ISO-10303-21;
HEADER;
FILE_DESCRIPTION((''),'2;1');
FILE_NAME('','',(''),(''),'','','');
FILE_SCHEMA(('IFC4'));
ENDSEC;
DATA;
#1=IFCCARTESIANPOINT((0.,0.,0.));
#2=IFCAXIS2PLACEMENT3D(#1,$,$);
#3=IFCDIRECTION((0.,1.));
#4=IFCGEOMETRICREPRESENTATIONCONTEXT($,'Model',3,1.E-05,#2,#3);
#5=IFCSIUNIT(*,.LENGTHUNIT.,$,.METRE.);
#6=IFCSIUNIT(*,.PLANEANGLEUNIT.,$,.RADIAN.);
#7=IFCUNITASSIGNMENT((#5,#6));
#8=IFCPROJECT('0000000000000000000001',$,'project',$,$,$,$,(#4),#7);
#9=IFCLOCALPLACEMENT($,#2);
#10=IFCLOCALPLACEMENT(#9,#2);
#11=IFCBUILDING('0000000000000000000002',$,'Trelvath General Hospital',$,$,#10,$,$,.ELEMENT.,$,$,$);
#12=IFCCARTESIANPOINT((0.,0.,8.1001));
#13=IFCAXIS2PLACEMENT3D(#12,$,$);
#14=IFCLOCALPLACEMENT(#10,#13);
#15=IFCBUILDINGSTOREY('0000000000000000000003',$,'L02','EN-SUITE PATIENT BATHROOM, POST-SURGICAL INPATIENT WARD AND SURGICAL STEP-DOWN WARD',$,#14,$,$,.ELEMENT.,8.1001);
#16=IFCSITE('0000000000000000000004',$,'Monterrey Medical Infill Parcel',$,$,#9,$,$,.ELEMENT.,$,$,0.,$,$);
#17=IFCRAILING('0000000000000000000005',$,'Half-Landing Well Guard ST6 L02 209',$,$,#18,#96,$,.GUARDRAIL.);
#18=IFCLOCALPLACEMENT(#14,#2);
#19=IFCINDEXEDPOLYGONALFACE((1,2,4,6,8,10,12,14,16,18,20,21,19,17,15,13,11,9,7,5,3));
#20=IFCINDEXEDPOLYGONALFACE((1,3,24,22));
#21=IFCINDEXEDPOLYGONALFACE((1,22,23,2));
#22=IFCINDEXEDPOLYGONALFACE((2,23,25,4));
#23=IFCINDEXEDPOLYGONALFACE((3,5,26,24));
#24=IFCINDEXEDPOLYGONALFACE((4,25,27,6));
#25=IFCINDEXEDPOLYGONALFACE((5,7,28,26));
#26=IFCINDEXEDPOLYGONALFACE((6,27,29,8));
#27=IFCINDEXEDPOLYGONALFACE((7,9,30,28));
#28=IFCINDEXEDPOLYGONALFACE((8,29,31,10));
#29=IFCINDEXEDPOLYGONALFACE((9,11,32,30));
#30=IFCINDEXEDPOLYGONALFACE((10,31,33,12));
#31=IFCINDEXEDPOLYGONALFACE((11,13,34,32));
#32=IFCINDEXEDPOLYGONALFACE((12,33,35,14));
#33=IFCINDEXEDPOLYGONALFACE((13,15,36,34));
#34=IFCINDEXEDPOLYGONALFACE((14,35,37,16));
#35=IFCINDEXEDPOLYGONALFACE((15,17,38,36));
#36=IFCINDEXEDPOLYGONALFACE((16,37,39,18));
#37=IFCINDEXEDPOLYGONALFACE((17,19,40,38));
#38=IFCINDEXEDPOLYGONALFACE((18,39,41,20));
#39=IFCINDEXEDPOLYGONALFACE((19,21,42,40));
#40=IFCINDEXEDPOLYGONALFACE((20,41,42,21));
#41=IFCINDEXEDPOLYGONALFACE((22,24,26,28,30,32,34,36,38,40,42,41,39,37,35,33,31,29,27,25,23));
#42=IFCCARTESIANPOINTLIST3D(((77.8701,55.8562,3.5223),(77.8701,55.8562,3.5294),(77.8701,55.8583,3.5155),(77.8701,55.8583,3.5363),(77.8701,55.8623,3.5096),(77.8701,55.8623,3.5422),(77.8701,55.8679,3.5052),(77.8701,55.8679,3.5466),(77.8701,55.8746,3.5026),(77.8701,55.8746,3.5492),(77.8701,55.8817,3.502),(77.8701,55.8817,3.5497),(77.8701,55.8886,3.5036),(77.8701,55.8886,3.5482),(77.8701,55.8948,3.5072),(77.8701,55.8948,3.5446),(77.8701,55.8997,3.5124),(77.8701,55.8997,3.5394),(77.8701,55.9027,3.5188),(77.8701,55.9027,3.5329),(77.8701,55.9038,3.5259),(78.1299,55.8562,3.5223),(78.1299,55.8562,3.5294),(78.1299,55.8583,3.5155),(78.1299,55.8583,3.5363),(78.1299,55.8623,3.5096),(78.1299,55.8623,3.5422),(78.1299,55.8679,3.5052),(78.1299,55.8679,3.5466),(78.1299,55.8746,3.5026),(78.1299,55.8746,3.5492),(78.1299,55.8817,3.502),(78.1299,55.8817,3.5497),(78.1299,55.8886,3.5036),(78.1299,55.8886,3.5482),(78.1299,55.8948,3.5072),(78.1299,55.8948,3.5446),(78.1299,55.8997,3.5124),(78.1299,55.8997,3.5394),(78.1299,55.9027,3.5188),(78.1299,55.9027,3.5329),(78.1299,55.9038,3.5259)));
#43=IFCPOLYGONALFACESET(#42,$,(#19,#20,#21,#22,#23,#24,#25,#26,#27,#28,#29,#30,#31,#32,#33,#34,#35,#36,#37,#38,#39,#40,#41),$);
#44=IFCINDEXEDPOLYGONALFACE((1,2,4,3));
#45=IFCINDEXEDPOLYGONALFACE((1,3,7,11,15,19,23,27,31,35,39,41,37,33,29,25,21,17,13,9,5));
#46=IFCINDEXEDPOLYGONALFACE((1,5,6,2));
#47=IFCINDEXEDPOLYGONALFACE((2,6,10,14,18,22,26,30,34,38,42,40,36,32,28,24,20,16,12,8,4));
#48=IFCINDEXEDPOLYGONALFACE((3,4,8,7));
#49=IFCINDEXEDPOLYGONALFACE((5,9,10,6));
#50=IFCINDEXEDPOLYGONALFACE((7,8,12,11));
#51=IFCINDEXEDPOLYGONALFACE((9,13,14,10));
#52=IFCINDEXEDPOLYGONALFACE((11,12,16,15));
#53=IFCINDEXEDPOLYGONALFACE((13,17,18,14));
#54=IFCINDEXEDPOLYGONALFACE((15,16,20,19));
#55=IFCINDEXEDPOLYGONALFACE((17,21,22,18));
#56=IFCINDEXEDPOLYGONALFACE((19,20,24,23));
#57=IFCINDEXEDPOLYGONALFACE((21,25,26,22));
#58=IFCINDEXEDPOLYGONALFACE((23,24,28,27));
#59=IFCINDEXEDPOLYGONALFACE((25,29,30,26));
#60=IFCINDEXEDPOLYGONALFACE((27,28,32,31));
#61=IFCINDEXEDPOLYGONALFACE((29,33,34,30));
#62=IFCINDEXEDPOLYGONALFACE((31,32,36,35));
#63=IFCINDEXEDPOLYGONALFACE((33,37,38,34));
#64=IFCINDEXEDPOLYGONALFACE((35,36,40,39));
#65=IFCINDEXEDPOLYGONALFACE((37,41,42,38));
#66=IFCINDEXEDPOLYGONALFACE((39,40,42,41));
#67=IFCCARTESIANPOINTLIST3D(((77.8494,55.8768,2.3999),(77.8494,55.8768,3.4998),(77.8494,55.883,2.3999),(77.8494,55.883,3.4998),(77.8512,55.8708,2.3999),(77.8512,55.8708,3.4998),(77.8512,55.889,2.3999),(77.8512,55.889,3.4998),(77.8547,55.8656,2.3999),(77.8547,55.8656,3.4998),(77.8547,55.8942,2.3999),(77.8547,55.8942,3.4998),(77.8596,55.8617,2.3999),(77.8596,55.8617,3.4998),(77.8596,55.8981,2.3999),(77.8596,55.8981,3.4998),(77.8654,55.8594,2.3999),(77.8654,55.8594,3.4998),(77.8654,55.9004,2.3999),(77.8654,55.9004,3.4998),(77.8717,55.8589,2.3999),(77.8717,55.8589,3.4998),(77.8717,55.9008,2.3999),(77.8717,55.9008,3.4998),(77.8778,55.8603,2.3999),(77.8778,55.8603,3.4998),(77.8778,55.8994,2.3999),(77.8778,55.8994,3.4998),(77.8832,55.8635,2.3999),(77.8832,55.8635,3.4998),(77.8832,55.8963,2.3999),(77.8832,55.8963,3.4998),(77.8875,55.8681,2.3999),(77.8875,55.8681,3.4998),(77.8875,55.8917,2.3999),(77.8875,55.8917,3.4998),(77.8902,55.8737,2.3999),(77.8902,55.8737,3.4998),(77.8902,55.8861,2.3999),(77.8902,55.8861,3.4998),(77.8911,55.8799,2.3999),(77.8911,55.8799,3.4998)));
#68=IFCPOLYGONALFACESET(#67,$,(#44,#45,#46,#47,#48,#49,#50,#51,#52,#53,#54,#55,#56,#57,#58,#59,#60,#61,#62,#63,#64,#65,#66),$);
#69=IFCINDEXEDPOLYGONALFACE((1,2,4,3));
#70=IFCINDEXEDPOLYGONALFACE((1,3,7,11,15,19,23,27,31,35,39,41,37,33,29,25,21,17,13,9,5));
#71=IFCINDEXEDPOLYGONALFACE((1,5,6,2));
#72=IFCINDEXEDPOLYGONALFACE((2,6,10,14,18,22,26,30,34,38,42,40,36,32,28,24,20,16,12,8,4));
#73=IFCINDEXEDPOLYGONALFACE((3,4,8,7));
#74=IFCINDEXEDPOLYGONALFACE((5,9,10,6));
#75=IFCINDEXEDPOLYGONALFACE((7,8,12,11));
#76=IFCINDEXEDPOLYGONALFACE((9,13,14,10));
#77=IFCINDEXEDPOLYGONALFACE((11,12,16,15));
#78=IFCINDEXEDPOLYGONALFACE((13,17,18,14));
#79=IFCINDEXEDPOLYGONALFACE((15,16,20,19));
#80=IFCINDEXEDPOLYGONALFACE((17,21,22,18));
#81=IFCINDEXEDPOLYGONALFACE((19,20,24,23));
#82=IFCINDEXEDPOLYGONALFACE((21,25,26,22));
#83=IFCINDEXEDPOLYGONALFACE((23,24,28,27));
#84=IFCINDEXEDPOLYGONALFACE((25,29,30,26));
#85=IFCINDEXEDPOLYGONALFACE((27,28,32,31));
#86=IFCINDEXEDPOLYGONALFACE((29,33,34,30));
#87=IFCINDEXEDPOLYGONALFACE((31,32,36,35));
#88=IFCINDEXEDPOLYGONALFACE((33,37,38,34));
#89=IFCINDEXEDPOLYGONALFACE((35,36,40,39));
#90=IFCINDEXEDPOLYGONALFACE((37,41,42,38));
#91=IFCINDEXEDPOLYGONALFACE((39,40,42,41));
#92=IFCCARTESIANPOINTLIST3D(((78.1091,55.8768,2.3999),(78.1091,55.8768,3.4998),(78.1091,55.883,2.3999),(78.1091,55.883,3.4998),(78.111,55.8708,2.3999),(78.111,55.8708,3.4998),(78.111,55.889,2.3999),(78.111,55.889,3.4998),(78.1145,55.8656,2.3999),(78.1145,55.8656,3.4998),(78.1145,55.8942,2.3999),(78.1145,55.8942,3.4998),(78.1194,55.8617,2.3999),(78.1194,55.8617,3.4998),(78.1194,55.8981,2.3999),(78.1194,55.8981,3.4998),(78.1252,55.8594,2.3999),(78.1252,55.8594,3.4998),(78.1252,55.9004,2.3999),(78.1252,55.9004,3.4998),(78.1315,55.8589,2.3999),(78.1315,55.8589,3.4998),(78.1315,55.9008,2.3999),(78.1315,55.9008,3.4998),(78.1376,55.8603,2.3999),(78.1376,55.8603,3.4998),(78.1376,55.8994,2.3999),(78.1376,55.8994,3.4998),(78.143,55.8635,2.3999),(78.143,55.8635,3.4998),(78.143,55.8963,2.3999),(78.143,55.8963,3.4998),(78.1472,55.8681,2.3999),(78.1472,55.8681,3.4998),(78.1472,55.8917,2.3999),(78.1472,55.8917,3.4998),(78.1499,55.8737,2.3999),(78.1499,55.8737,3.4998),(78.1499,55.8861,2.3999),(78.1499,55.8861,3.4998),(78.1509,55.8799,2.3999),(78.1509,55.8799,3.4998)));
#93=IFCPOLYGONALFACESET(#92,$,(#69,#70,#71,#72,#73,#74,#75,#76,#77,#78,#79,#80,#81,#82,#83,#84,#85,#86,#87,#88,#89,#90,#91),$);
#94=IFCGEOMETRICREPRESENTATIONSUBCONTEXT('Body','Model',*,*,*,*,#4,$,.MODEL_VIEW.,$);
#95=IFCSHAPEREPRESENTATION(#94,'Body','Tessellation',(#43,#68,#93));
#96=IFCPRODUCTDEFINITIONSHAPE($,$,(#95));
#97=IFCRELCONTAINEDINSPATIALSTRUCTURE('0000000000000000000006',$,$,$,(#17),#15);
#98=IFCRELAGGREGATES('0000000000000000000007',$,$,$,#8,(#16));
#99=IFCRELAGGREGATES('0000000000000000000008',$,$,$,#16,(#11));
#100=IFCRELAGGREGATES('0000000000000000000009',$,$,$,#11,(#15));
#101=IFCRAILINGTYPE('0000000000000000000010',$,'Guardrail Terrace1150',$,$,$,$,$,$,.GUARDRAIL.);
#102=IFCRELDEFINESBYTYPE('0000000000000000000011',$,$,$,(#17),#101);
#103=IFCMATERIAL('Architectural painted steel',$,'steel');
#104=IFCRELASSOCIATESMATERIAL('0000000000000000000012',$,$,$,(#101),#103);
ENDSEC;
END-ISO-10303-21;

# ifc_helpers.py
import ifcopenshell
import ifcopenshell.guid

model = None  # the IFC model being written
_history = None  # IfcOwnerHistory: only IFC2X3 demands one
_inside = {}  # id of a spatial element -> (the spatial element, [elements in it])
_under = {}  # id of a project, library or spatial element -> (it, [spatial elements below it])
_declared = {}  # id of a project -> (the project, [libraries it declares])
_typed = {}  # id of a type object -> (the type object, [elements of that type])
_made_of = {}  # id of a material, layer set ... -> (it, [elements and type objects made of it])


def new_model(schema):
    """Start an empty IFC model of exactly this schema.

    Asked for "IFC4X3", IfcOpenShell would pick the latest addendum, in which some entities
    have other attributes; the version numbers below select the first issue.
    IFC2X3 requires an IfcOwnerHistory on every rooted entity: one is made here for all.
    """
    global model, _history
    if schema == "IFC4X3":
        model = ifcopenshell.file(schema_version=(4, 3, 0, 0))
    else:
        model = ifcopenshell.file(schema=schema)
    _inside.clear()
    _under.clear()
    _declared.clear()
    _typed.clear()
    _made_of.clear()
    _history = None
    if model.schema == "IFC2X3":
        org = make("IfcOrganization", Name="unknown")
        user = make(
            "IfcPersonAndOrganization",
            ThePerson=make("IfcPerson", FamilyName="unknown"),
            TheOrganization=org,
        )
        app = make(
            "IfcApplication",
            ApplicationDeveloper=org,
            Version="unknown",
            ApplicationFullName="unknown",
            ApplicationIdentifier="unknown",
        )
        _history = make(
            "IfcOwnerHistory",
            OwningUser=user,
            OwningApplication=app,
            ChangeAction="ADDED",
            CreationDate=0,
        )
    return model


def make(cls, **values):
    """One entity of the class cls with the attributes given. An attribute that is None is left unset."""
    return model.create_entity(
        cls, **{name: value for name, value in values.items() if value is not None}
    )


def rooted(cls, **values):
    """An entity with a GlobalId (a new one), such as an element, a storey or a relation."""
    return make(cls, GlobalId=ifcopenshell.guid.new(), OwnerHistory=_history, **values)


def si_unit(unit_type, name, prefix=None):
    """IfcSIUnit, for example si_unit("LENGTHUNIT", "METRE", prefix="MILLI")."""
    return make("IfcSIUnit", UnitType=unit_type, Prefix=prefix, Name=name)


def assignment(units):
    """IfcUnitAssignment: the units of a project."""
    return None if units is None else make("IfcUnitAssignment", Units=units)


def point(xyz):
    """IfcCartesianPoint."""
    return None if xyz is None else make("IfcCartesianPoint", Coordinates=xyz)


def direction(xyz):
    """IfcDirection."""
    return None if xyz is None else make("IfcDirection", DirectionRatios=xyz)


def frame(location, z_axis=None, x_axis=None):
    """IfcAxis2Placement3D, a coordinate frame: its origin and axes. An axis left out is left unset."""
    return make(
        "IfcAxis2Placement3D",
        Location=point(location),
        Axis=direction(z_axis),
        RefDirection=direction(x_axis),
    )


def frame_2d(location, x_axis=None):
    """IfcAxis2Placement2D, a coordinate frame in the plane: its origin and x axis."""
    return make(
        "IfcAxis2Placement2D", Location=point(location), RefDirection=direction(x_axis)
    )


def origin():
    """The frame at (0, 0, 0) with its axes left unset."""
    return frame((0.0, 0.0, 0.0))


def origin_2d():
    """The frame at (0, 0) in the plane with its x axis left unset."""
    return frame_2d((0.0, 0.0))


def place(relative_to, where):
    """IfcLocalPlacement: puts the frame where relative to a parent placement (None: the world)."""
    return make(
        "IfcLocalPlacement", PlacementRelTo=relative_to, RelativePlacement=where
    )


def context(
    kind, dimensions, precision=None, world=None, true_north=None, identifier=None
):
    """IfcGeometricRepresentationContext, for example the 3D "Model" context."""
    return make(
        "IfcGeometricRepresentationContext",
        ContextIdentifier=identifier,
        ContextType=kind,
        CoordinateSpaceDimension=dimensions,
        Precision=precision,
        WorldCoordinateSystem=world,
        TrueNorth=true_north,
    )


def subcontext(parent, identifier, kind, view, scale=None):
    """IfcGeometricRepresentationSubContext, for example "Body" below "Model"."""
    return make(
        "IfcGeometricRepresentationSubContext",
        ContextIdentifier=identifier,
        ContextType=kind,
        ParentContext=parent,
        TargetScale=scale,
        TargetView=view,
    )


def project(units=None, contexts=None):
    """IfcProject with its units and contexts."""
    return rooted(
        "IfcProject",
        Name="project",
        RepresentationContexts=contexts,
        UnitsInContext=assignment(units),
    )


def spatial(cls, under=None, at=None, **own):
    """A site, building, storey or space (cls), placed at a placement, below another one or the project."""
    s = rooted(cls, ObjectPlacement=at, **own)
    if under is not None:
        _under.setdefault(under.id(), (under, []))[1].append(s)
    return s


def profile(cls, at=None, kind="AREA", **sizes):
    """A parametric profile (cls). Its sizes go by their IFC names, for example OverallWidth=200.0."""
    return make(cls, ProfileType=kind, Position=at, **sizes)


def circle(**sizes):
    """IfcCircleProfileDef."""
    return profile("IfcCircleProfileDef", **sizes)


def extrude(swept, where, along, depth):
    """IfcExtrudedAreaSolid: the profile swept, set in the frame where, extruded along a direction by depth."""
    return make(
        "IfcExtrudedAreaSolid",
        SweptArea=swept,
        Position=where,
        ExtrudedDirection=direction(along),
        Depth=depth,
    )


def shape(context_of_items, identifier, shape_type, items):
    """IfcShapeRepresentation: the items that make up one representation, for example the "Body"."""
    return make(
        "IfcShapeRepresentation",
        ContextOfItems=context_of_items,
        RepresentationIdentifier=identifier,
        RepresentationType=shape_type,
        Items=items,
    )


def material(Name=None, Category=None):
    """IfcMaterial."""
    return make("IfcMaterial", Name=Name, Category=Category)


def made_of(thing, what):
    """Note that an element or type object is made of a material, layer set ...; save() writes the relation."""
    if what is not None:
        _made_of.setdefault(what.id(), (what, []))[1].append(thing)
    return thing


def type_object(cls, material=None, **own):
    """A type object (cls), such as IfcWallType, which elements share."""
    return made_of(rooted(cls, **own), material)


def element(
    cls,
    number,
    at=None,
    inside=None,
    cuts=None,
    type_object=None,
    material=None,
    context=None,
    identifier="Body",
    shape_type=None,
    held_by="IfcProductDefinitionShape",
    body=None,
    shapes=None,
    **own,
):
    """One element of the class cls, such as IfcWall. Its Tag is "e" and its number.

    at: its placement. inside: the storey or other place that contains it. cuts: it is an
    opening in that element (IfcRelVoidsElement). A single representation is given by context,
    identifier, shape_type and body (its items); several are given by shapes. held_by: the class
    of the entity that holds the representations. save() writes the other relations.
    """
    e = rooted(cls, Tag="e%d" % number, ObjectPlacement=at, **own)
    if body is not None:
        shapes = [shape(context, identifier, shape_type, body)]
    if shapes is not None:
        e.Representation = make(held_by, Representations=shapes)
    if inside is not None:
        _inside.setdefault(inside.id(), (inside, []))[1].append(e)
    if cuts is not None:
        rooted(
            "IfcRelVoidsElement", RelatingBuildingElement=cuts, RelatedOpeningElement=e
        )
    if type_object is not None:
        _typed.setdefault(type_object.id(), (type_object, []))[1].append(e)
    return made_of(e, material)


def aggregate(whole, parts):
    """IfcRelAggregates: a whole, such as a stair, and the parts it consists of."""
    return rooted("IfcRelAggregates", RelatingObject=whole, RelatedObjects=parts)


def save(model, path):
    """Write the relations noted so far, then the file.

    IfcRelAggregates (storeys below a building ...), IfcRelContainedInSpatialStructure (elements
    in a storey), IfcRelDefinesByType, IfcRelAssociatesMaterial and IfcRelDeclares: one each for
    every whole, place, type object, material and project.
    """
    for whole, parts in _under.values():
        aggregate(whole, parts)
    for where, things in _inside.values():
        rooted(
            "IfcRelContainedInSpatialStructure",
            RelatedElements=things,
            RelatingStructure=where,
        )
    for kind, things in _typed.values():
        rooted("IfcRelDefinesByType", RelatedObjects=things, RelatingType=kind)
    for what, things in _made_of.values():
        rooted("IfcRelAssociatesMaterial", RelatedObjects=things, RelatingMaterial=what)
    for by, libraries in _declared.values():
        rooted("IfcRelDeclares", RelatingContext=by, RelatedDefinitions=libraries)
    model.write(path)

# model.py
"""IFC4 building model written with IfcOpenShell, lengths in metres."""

from ifc_helpers import new_model, si_unit, direction, frame, origin, origin_2d, place, context, subcontext, project, spatial, circle, extrude, material, type_object, element, save


model = new_model("IFC4")

# Units and contexts
model_context = context("Model", 3, precision=1e-05, world=origin(), true_north=direction((0.0, 1.0)))
body_context = subcontext(model_context, "Body", "Model", "MODEL_VIEW")
ifc_project = project(units=[si_unit("LENGTHUNIT", "METRE"), si_unit("PLANEANGLEUNIT", "RADIAN")], contexts=[model_context])

# Site, building, storey
site_placement = place(None, origin())
site = spatial("IfcSite", under=ifc_project, at=site_placement, Name="Monterrey Medical Infill Parcel", CompositionType="ELEMENT", RefElevation=0.0)
building_placement = place(site_placement, origin())
building = spatial("IfcBuilding", under=site, at=building_placement, Name="Trelvath General Hospital", CompositionType="ELEMENT")
storey_placement = place(building_placement, frame((0.0, 0.0, 8.1001)))
storey = spatial("IfcBuildingStorey", under=building, at=storey_placement, Name="L02", Description="EN-SUITE PATIENT BATHROOM, POST-SURGICAL INPATIENT WARD AND SURGICAL STEP-DOWN WARD", CompositionType="ELEMENT", Elevation=8.1001)

# Railing
ifc_material_1 = material(Name="Architectural painted steel", Category="steel")
railing_type_1 = type_object("IfcRailingType", Name="Guardrail Terrace1150", PredefinedType="GUARDRAIL", material=ifc_material_1)
railing_1_placement = place(storey_placement, frame((77.8701, 55.8799, 2.3999)))
element("IfcRailing", 1, at=railing_1_placement, inside=storey, type_object=railing_type_1, Name="Half-Landing Well Guard ST6 L02 209", PredefinedType="GUARDRAIL", context=body_context, shape_type="SweptSolid", body=[
    extrude(circle(Radius=0.0239, at=origin_2d()), frame((0.0, 0.0, 1.126), z_axis=(1.0, 0.0, 0.0), x_axis=(0.0, 1.0, 0.0)), (0.0, 0.0, 1.0), 0.2598),
    extrude(circle(Radius=0.021, at=origin_2d()), origin(), (0.0, 0.0, 1.0), 1.0999),
    extrude(circle(Radius=0.021, at=origin_2d()), frame((0.2598, 0.0, 0.0)), (0.0, 0.0, 1.0), 1.0999),
])

save(model, "model.ifc")
